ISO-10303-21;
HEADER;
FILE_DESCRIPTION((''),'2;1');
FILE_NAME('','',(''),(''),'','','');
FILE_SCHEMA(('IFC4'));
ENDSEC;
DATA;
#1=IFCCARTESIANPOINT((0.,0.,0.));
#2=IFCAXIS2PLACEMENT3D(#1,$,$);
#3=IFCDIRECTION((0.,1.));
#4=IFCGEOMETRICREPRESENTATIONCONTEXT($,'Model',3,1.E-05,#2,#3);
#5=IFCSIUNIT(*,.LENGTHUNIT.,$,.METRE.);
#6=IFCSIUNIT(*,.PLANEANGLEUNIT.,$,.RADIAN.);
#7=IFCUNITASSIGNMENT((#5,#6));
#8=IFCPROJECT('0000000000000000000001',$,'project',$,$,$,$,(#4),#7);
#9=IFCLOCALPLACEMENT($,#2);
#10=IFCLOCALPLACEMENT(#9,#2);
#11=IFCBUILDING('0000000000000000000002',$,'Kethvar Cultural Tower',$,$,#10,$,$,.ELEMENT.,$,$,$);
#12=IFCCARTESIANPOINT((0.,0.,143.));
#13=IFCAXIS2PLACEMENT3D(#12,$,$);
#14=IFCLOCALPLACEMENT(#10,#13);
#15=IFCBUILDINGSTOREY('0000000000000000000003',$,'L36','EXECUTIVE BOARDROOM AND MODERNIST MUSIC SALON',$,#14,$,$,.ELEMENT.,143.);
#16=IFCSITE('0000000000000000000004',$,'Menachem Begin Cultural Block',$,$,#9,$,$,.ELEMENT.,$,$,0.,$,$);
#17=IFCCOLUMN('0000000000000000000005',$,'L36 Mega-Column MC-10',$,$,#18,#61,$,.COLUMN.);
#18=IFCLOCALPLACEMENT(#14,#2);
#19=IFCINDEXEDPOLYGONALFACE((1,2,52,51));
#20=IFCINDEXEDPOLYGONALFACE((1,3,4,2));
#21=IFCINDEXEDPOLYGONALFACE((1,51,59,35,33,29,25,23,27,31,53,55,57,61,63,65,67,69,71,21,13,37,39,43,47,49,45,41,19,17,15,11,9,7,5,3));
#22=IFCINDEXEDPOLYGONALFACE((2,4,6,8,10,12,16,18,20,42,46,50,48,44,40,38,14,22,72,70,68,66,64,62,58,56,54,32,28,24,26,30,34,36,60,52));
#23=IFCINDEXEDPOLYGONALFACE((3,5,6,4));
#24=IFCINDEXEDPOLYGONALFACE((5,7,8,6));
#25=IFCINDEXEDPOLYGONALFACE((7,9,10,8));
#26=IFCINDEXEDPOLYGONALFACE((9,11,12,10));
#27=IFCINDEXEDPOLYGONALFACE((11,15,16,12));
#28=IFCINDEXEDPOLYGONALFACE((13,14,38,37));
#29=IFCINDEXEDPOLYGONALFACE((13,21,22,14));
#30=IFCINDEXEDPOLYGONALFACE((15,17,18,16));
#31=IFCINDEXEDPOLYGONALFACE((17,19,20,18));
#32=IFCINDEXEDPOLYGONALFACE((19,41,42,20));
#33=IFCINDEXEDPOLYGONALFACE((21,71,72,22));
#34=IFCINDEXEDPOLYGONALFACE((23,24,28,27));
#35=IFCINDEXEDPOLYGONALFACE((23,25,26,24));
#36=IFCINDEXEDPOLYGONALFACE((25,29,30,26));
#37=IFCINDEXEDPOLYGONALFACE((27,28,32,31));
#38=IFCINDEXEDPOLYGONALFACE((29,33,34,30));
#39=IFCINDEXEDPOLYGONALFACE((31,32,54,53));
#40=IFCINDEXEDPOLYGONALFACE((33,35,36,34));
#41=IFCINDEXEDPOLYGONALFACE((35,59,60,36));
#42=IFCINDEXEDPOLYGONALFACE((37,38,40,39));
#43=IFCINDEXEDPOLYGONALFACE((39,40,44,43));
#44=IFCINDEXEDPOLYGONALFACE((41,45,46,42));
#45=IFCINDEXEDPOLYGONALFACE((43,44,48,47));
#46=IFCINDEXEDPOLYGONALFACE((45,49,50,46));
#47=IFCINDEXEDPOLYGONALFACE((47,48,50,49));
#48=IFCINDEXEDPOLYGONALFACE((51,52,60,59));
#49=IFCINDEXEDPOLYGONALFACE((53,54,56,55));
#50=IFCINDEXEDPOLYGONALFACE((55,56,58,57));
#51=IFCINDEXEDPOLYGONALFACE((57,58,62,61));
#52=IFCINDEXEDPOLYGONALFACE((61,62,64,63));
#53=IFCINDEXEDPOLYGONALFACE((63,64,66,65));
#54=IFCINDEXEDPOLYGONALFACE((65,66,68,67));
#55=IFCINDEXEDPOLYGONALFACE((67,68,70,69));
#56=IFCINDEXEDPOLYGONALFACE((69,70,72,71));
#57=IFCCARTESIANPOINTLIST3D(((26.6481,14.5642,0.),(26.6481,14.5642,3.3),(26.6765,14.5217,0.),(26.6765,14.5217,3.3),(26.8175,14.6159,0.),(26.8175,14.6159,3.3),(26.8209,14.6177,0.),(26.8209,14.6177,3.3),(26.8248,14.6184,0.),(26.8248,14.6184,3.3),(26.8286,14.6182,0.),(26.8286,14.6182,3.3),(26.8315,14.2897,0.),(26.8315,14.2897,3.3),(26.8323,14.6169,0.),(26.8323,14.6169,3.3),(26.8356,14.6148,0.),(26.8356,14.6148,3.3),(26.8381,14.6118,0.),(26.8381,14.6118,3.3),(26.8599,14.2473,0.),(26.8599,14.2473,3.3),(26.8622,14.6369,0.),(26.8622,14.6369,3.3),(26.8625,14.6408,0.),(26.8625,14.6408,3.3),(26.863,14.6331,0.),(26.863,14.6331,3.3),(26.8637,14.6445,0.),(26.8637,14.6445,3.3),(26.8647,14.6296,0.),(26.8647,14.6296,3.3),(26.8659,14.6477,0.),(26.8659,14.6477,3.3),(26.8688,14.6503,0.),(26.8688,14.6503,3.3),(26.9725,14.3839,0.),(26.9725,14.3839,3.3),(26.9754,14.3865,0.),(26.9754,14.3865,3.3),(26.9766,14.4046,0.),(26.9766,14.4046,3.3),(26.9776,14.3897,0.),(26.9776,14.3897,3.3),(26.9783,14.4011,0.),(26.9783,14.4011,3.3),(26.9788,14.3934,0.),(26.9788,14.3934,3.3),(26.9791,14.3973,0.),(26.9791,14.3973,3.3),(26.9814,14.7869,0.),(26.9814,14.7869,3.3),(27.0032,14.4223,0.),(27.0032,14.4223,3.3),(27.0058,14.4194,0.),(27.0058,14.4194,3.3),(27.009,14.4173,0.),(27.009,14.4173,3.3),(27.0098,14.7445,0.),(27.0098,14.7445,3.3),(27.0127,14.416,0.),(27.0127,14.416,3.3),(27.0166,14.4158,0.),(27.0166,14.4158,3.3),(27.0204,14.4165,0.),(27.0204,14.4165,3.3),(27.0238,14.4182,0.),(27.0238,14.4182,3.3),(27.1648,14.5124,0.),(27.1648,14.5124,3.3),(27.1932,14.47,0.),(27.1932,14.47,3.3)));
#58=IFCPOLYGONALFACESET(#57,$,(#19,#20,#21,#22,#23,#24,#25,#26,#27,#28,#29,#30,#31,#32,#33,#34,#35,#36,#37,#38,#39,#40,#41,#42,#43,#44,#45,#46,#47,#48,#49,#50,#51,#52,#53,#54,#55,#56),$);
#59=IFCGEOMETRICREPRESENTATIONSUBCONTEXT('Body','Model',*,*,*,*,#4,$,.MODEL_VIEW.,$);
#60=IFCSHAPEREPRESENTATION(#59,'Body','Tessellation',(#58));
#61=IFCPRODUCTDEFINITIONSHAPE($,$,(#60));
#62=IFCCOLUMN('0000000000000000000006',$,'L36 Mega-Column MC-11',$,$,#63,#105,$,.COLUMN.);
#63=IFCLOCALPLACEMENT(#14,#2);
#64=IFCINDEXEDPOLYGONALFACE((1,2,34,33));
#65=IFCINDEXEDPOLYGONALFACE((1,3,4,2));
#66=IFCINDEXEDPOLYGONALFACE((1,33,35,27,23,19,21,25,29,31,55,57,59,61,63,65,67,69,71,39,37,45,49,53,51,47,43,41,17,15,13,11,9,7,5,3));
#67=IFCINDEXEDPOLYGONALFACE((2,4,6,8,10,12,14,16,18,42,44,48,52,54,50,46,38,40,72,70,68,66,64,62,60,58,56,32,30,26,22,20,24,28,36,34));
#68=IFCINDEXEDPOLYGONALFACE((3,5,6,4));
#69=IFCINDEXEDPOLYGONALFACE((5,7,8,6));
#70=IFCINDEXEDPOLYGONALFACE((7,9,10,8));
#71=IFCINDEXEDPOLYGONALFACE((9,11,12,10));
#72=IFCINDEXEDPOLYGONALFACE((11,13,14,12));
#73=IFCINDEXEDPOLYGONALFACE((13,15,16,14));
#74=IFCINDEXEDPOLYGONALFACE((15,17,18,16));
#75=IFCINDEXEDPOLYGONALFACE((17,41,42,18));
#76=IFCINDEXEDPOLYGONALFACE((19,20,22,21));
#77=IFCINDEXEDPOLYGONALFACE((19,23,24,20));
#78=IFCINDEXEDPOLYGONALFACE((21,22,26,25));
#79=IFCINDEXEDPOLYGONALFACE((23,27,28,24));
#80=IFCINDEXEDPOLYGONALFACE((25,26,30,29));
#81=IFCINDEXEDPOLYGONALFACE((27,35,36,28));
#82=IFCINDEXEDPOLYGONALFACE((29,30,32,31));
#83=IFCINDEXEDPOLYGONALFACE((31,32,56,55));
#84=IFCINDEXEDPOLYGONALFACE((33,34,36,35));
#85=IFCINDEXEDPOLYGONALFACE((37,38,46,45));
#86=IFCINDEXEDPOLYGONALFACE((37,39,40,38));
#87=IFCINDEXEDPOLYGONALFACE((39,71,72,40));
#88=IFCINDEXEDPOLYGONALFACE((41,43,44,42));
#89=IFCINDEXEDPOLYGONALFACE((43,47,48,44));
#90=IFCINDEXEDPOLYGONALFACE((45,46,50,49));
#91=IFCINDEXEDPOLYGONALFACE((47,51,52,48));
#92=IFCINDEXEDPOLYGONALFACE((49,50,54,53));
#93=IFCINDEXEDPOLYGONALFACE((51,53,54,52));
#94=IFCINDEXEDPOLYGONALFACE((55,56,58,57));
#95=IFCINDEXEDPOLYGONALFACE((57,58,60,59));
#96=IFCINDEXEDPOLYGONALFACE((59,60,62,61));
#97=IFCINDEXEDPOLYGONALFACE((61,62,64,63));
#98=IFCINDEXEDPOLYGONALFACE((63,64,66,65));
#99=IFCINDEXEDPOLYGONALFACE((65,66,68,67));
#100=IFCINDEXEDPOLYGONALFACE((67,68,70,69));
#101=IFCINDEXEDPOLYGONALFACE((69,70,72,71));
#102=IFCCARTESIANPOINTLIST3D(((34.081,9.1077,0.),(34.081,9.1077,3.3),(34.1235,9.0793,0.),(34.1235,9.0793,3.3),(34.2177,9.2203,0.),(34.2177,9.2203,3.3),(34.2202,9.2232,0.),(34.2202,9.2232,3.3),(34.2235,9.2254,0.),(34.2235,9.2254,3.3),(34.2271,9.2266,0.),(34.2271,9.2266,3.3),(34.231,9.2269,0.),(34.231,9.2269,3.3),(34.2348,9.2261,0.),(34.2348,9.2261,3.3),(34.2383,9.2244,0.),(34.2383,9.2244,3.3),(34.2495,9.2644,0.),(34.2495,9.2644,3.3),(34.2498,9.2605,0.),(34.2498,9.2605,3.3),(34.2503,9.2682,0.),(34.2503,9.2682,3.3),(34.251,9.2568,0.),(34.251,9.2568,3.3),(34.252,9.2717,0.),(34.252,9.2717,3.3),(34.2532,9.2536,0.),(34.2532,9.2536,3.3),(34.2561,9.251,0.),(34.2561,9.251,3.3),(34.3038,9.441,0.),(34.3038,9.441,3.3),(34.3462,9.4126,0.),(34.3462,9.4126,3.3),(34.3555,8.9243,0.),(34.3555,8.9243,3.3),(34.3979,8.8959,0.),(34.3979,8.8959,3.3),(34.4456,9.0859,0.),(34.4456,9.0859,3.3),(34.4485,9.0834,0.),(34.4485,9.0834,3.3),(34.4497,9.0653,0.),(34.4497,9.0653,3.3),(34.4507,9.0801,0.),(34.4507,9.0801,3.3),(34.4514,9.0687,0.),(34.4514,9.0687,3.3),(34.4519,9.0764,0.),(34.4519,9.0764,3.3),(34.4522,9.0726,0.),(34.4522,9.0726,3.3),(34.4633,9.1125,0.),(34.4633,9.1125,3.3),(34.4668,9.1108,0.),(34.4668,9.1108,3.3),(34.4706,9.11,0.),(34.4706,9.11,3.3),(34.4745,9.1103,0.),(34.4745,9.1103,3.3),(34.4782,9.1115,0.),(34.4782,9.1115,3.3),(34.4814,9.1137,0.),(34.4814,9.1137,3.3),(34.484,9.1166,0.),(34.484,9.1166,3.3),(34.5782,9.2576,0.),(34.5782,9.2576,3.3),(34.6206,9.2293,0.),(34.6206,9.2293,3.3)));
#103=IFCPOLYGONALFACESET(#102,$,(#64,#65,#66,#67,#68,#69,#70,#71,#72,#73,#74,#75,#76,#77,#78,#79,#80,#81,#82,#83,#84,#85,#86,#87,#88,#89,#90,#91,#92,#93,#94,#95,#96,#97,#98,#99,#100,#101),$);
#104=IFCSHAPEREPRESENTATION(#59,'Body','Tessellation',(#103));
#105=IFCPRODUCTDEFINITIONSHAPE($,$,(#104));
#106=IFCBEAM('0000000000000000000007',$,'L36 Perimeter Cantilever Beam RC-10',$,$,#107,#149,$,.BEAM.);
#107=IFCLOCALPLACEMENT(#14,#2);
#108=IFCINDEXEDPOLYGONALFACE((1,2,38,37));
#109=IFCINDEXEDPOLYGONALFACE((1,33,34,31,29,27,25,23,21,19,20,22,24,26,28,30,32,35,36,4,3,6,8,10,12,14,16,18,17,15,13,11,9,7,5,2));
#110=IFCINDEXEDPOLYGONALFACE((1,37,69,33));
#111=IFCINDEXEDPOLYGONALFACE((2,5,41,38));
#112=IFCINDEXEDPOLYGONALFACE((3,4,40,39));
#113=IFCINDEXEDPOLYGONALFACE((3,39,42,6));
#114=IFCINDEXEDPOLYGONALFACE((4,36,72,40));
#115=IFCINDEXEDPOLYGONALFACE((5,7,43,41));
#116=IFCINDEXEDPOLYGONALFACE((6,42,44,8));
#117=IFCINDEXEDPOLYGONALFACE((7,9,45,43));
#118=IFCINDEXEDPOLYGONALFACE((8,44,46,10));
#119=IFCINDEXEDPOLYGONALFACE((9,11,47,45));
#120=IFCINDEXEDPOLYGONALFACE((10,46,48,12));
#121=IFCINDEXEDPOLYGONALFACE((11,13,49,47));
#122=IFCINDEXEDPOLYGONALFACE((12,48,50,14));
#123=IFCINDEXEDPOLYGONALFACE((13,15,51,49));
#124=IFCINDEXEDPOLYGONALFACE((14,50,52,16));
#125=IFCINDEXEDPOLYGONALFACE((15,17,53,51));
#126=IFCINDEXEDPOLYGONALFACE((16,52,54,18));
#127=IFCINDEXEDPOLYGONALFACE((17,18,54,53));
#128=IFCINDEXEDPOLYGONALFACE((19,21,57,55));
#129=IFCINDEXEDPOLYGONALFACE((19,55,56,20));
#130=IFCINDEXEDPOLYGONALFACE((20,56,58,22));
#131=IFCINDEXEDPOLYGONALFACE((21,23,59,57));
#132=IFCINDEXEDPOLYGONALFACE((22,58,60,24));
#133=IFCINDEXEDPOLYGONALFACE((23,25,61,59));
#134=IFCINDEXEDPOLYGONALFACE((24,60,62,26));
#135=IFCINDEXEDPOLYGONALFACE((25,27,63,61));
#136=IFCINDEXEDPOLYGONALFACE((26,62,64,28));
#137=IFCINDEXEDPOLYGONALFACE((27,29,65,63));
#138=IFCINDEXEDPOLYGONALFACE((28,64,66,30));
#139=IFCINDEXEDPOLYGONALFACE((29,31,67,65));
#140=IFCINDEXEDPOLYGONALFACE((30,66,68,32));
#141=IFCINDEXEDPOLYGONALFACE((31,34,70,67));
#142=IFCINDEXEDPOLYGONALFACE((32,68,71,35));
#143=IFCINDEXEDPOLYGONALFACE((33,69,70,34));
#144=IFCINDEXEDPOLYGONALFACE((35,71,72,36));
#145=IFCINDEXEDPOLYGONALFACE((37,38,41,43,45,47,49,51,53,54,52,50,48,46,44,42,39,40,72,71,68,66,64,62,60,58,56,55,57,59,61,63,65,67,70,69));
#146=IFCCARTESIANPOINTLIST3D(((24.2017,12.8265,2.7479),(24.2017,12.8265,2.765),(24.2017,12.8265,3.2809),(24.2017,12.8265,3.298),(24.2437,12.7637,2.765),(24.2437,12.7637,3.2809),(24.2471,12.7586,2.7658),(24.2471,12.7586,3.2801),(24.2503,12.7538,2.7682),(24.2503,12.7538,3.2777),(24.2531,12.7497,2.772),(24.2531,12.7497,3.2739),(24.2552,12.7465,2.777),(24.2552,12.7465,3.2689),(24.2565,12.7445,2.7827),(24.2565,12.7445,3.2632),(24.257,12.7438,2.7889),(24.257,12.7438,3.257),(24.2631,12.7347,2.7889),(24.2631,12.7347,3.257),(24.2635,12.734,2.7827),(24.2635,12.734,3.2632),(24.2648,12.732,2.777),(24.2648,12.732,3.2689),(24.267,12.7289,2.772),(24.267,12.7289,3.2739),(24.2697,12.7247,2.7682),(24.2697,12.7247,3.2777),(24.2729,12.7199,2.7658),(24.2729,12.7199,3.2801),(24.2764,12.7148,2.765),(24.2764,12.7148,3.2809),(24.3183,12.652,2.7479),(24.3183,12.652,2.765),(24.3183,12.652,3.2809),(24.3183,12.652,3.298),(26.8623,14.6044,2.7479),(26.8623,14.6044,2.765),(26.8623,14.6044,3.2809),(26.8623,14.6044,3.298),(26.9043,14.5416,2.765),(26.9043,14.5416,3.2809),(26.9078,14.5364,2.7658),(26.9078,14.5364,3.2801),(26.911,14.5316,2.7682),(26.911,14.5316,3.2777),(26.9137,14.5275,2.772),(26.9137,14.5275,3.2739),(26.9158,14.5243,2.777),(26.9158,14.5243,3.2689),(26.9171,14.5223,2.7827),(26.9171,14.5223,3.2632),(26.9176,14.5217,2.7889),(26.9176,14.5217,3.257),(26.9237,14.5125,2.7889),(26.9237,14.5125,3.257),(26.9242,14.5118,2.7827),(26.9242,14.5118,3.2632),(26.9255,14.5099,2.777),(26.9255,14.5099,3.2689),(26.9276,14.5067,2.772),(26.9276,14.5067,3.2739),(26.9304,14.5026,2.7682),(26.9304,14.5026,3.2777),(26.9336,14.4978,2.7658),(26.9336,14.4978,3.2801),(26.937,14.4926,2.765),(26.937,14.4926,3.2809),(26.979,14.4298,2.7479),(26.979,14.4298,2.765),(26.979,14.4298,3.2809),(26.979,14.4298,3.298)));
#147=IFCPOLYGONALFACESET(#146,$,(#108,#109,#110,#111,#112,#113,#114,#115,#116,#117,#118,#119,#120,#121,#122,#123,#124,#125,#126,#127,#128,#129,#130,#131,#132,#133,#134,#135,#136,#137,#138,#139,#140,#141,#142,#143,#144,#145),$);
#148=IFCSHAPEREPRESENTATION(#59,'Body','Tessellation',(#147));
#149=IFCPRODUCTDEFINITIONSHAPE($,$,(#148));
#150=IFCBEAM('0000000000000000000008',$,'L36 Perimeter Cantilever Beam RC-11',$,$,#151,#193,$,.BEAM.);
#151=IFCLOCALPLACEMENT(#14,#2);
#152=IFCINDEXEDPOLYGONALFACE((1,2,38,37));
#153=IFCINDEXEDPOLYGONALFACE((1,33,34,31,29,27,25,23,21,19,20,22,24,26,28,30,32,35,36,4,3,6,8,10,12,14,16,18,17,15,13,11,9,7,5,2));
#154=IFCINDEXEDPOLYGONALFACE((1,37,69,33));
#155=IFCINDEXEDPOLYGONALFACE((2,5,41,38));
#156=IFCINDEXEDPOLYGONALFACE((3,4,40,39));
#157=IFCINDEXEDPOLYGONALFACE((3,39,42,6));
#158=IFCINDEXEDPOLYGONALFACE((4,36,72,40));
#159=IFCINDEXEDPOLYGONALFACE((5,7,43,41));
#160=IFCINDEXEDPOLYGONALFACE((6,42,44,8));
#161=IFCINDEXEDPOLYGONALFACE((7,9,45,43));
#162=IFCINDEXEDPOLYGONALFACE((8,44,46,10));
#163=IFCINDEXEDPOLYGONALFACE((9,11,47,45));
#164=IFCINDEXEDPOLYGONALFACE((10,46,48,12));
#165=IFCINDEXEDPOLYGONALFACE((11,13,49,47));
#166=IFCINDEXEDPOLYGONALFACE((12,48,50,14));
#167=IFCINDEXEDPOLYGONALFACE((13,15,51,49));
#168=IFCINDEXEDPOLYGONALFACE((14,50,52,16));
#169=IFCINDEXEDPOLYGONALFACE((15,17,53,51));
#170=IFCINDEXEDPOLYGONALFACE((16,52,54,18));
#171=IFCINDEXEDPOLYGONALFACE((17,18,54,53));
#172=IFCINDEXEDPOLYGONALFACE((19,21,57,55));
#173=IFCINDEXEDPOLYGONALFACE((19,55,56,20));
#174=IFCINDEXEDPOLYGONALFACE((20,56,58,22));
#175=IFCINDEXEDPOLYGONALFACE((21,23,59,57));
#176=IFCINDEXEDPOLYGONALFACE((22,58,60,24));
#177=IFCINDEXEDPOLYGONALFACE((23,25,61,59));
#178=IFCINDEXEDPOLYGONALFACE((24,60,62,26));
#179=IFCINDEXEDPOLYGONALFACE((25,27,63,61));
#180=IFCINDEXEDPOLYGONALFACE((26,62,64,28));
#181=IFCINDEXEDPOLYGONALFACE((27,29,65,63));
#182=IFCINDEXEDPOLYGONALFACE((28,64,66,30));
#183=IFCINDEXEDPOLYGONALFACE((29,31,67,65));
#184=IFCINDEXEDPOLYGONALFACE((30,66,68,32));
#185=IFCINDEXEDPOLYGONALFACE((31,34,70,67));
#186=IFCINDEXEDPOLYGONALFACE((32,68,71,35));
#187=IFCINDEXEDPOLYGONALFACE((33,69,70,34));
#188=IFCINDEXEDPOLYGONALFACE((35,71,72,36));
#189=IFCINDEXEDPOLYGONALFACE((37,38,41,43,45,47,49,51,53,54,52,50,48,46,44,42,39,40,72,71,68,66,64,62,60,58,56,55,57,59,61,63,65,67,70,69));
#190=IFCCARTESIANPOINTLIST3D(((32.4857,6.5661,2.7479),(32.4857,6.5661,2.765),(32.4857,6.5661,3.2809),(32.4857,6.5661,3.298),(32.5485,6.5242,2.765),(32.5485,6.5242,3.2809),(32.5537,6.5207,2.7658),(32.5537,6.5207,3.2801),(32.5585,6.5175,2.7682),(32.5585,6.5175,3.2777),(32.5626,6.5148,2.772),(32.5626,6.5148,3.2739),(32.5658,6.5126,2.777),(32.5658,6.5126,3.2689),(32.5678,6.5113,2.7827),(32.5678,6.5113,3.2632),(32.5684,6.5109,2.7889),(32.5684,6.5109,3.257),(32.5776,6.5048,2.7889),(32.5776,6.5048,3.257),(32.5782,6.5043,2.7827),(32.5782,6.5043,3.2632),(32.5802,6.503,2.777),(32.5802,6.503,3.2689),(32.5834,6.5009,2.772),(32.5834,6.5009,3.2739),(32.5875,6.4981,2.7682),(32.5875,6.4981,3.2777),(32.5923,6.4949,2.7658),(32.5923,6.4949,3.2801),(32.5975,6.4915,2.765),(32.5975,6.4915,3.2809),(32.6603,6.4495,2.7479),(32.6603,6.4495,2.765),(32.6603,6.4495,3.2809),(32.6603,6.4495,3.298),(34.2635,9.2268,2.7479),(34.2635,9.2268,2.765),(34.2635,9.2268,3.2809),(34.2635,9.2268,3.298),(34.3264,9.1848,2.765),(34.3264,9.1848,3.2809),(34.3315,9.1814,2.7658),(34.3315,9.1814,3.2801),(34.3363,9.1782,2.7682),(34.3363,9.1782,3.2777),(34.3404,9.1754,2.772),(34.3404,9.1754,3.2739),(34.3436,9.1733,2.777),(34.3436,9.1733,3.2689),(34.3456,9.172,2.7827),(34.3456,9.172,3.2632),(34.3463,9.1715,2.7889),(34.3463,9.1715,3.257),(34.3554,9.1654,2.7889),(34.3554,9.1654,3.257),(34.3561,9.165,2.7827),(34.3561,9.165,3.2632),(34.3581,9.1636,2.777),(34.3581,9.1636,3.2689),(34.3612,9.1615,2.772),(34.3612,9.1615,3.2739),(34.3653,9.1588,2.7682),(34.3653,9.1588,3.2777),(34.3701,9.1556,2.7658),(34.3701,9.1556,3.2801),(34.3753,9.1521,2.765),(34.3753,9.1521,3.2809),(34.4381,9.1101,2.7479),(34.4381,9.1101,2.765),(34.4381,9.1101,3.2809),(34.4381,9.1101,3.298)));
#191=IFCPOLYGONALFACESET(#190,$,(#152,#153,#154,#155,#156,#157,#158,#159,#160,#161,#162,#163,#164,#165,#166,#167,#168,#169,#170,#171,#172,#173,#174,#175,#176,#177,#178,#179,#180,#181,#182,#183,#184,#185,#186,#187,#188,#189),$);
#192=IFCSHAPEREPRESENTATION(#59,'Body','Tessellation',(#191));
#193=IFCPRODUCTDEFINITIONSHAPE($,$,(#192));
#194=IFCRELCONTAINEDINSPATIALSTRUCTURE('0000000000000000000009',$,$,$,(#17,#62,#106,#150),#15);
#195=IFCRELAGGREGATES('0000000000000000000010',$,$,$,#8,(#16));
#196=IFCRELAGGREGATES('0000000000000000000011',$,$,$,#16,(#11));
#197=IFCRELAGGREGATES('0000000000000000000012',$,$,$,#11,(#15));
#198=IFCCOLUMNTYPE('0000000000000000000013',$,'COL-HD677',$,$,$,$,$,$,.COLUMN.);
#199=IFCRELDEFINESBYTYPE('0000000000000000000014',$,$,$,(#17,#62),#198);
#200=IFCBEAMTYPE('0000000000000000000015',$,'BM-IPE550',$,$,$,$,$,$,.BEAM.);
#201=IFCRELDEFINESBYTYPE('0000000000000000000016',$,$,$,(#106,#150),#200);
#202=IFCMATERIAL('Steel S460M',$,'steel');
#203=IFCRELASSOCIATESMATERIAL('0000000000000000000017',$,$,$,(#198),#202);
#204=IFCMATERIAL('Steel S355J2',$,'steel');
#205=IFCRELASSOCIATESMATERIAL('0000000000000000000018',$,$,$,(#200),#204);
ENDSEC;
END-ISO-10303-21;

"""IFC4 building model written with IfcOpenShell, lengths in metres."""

from ifc_helpers import new_model, si_unit, direction, frame, origin, origin_2d, place, context, subcontext, project, spatial, i_section, extrude, source, transform, mapped, material, material_profile, profile_set, type_object, element, save


model = new_model("IFC4")

# Units and contexts
model_context = context("Model", 3, precision=1e-05, world=origin(), true_north=direction((0.0, 1.0)))
body_context = subcontext(model_context, "Body", "Model", "MODEL_VIEW")
ifc_project = project(units=[si_unit("LENGTHUNIT", "METRE"), si_unit("PLANEANGLEUNIT", "RADIAN")], contexts=[model_context])

# Site, building, storey
site_placement = place(None, origin())
site = spatial("IfcSite", under=ifc_project, at=site_placement, Name="Menachem Begin Cultural Block", CompositionType="ELEMENT", RefElevation=0.0)
building_placement = place(site_placement, origin())
building = spatial("IfcBuilding", under=site, at=building_placement, Name="Kethvar Cultural Tower", CompositionType="ELEMENT")
storey_placement = place(building_placement, frame((0.0, 0.0, 143.0)))
storey = spatial("IfcBuildingStorey", under=building, at=storey_placement, Name="L36", Description="EXECUTIVE BOARDROOM AND MODERNIST MUSIC SALON", CompositionType="ELEMENT", Elevation=143.0)

# Columns
ifc_material_1 = material(Name="Steel S460M", Category="steel")
ifc_material_profile_1 = material_profile(ifc_material_1, i_section(OverallWidth=0.4009, OverallDepth=0.3811, WebThickness=0.032, FlangeThickness=0.051, FilletRadius=0.0149, at=origin_2d()), Name="Steel S460M — HD400x677")
ifc_profile_set_1 = profile_set([ifc_material_profile_1], Name="Steel S460M — HD400x677")
column_type = type_object("IfcColumnType", Name="COL-HD677", PredefinedType="COLUMN", material=ifc_profile_set_1)
shared_shape_1 = source(origin(), body_context, "Body", "SweptSolid", [
    extrude(i_section(OverallWidth=0.4009, OverallDepth=0.3811, WebThickness=0.032, FlangeThickness=0.051, FilletRadius=0.0149, at=origin_2d()), origin(), (0.0, 0.0, 1.0), 3.3),
])
for number, where, z_axis, x_axis, name in (
    (1, (26.9207, 14.5171, 0.0), (0.0, 0.0, 1.0), (-0.83147, -0.55557, 0.0), "L36 Mega-Column MC-10"),
    (2, (34.3508, 9.1685, 0.0), (0.0, 0.0, 1.0), (-0.55557, -0.83147, 0.0), "L36 Mega-Column MC-11"),
):
    element("IfcColumn", number, at=place(storey_placement, frame(where, z_axis=z_axis, x_axis=x_axis)), inside=storey, type_object=column_type, Name=name, PredefinedType="COLUMN", context=body_context, shape_type="MappedRepresentation", body=[
        mapped(shared_shape_1, transform((0.0, 0.0, 0.0), scale=1.0)),
    ])

# Beams
ifc_material_2 = material(Name="Steel S355J2", Category="steel")
ifc_material_profile_2 = material_profile(ifc_material_2, i_section(OverallWidth=0.21, OverallDepth=0.55, WebThickness=0.011, FlangeThickness=0.0171, FilletRadius=0.0239, at=origin_2d()), Name="Steel S355J2 — IPE550")
ifc_profile_set_2 = profile_set([ifc_material_profile_2], Name="Steel S355J2 — IPE550")
beam_type_1 = type_object("IfcBeamType", Name="BM-IPE550", PredefinedType="BEAM", material=ifc_profile_set_2)
shared_shape_2 = source(origin(), body_context, "Body", "SweptSolid", [
    extrude(i_section(OverallWidth=0.21, OverallDepth=0.55, WebThickness=0.011, FlangeThickness=0.0171, FilletRadius=0.0239, at=origin_2d()), origin(), (0.0, 0.0, 1.0), 3.2),
])
for number, where, z_axis, x_axis, name in (
    (3, (26.9207, 14.5171, 3.0229), (-0.831463, -0.55558, 0.0), (0.55558, -0.831463, 0.0), "L36 Perimeter Cantilever Beam RC-10"),
    (4, (34.3508, 9.1685, 3.0229), (-0.55558, -0.831463, 0.0), (0.831463, -0.55558, 0.0), "L36 Perimeter Cantilever Beam RC-11"),
):
    element("IfcBeam", number, at=place(storey_placement, frame(where, z_axis=z_axis, x_axis=x_axis)), inside=storey, type_object=beam_type_1, Name=name, PredefinedType="BEAM", context=body_context, shape_type="MappedRepresentation", body=[
        mapped(shared_shape_2, transform((0.0, 0.0, 0.0), scale=1.0)),
    ])

save(model, "model.ifc")
